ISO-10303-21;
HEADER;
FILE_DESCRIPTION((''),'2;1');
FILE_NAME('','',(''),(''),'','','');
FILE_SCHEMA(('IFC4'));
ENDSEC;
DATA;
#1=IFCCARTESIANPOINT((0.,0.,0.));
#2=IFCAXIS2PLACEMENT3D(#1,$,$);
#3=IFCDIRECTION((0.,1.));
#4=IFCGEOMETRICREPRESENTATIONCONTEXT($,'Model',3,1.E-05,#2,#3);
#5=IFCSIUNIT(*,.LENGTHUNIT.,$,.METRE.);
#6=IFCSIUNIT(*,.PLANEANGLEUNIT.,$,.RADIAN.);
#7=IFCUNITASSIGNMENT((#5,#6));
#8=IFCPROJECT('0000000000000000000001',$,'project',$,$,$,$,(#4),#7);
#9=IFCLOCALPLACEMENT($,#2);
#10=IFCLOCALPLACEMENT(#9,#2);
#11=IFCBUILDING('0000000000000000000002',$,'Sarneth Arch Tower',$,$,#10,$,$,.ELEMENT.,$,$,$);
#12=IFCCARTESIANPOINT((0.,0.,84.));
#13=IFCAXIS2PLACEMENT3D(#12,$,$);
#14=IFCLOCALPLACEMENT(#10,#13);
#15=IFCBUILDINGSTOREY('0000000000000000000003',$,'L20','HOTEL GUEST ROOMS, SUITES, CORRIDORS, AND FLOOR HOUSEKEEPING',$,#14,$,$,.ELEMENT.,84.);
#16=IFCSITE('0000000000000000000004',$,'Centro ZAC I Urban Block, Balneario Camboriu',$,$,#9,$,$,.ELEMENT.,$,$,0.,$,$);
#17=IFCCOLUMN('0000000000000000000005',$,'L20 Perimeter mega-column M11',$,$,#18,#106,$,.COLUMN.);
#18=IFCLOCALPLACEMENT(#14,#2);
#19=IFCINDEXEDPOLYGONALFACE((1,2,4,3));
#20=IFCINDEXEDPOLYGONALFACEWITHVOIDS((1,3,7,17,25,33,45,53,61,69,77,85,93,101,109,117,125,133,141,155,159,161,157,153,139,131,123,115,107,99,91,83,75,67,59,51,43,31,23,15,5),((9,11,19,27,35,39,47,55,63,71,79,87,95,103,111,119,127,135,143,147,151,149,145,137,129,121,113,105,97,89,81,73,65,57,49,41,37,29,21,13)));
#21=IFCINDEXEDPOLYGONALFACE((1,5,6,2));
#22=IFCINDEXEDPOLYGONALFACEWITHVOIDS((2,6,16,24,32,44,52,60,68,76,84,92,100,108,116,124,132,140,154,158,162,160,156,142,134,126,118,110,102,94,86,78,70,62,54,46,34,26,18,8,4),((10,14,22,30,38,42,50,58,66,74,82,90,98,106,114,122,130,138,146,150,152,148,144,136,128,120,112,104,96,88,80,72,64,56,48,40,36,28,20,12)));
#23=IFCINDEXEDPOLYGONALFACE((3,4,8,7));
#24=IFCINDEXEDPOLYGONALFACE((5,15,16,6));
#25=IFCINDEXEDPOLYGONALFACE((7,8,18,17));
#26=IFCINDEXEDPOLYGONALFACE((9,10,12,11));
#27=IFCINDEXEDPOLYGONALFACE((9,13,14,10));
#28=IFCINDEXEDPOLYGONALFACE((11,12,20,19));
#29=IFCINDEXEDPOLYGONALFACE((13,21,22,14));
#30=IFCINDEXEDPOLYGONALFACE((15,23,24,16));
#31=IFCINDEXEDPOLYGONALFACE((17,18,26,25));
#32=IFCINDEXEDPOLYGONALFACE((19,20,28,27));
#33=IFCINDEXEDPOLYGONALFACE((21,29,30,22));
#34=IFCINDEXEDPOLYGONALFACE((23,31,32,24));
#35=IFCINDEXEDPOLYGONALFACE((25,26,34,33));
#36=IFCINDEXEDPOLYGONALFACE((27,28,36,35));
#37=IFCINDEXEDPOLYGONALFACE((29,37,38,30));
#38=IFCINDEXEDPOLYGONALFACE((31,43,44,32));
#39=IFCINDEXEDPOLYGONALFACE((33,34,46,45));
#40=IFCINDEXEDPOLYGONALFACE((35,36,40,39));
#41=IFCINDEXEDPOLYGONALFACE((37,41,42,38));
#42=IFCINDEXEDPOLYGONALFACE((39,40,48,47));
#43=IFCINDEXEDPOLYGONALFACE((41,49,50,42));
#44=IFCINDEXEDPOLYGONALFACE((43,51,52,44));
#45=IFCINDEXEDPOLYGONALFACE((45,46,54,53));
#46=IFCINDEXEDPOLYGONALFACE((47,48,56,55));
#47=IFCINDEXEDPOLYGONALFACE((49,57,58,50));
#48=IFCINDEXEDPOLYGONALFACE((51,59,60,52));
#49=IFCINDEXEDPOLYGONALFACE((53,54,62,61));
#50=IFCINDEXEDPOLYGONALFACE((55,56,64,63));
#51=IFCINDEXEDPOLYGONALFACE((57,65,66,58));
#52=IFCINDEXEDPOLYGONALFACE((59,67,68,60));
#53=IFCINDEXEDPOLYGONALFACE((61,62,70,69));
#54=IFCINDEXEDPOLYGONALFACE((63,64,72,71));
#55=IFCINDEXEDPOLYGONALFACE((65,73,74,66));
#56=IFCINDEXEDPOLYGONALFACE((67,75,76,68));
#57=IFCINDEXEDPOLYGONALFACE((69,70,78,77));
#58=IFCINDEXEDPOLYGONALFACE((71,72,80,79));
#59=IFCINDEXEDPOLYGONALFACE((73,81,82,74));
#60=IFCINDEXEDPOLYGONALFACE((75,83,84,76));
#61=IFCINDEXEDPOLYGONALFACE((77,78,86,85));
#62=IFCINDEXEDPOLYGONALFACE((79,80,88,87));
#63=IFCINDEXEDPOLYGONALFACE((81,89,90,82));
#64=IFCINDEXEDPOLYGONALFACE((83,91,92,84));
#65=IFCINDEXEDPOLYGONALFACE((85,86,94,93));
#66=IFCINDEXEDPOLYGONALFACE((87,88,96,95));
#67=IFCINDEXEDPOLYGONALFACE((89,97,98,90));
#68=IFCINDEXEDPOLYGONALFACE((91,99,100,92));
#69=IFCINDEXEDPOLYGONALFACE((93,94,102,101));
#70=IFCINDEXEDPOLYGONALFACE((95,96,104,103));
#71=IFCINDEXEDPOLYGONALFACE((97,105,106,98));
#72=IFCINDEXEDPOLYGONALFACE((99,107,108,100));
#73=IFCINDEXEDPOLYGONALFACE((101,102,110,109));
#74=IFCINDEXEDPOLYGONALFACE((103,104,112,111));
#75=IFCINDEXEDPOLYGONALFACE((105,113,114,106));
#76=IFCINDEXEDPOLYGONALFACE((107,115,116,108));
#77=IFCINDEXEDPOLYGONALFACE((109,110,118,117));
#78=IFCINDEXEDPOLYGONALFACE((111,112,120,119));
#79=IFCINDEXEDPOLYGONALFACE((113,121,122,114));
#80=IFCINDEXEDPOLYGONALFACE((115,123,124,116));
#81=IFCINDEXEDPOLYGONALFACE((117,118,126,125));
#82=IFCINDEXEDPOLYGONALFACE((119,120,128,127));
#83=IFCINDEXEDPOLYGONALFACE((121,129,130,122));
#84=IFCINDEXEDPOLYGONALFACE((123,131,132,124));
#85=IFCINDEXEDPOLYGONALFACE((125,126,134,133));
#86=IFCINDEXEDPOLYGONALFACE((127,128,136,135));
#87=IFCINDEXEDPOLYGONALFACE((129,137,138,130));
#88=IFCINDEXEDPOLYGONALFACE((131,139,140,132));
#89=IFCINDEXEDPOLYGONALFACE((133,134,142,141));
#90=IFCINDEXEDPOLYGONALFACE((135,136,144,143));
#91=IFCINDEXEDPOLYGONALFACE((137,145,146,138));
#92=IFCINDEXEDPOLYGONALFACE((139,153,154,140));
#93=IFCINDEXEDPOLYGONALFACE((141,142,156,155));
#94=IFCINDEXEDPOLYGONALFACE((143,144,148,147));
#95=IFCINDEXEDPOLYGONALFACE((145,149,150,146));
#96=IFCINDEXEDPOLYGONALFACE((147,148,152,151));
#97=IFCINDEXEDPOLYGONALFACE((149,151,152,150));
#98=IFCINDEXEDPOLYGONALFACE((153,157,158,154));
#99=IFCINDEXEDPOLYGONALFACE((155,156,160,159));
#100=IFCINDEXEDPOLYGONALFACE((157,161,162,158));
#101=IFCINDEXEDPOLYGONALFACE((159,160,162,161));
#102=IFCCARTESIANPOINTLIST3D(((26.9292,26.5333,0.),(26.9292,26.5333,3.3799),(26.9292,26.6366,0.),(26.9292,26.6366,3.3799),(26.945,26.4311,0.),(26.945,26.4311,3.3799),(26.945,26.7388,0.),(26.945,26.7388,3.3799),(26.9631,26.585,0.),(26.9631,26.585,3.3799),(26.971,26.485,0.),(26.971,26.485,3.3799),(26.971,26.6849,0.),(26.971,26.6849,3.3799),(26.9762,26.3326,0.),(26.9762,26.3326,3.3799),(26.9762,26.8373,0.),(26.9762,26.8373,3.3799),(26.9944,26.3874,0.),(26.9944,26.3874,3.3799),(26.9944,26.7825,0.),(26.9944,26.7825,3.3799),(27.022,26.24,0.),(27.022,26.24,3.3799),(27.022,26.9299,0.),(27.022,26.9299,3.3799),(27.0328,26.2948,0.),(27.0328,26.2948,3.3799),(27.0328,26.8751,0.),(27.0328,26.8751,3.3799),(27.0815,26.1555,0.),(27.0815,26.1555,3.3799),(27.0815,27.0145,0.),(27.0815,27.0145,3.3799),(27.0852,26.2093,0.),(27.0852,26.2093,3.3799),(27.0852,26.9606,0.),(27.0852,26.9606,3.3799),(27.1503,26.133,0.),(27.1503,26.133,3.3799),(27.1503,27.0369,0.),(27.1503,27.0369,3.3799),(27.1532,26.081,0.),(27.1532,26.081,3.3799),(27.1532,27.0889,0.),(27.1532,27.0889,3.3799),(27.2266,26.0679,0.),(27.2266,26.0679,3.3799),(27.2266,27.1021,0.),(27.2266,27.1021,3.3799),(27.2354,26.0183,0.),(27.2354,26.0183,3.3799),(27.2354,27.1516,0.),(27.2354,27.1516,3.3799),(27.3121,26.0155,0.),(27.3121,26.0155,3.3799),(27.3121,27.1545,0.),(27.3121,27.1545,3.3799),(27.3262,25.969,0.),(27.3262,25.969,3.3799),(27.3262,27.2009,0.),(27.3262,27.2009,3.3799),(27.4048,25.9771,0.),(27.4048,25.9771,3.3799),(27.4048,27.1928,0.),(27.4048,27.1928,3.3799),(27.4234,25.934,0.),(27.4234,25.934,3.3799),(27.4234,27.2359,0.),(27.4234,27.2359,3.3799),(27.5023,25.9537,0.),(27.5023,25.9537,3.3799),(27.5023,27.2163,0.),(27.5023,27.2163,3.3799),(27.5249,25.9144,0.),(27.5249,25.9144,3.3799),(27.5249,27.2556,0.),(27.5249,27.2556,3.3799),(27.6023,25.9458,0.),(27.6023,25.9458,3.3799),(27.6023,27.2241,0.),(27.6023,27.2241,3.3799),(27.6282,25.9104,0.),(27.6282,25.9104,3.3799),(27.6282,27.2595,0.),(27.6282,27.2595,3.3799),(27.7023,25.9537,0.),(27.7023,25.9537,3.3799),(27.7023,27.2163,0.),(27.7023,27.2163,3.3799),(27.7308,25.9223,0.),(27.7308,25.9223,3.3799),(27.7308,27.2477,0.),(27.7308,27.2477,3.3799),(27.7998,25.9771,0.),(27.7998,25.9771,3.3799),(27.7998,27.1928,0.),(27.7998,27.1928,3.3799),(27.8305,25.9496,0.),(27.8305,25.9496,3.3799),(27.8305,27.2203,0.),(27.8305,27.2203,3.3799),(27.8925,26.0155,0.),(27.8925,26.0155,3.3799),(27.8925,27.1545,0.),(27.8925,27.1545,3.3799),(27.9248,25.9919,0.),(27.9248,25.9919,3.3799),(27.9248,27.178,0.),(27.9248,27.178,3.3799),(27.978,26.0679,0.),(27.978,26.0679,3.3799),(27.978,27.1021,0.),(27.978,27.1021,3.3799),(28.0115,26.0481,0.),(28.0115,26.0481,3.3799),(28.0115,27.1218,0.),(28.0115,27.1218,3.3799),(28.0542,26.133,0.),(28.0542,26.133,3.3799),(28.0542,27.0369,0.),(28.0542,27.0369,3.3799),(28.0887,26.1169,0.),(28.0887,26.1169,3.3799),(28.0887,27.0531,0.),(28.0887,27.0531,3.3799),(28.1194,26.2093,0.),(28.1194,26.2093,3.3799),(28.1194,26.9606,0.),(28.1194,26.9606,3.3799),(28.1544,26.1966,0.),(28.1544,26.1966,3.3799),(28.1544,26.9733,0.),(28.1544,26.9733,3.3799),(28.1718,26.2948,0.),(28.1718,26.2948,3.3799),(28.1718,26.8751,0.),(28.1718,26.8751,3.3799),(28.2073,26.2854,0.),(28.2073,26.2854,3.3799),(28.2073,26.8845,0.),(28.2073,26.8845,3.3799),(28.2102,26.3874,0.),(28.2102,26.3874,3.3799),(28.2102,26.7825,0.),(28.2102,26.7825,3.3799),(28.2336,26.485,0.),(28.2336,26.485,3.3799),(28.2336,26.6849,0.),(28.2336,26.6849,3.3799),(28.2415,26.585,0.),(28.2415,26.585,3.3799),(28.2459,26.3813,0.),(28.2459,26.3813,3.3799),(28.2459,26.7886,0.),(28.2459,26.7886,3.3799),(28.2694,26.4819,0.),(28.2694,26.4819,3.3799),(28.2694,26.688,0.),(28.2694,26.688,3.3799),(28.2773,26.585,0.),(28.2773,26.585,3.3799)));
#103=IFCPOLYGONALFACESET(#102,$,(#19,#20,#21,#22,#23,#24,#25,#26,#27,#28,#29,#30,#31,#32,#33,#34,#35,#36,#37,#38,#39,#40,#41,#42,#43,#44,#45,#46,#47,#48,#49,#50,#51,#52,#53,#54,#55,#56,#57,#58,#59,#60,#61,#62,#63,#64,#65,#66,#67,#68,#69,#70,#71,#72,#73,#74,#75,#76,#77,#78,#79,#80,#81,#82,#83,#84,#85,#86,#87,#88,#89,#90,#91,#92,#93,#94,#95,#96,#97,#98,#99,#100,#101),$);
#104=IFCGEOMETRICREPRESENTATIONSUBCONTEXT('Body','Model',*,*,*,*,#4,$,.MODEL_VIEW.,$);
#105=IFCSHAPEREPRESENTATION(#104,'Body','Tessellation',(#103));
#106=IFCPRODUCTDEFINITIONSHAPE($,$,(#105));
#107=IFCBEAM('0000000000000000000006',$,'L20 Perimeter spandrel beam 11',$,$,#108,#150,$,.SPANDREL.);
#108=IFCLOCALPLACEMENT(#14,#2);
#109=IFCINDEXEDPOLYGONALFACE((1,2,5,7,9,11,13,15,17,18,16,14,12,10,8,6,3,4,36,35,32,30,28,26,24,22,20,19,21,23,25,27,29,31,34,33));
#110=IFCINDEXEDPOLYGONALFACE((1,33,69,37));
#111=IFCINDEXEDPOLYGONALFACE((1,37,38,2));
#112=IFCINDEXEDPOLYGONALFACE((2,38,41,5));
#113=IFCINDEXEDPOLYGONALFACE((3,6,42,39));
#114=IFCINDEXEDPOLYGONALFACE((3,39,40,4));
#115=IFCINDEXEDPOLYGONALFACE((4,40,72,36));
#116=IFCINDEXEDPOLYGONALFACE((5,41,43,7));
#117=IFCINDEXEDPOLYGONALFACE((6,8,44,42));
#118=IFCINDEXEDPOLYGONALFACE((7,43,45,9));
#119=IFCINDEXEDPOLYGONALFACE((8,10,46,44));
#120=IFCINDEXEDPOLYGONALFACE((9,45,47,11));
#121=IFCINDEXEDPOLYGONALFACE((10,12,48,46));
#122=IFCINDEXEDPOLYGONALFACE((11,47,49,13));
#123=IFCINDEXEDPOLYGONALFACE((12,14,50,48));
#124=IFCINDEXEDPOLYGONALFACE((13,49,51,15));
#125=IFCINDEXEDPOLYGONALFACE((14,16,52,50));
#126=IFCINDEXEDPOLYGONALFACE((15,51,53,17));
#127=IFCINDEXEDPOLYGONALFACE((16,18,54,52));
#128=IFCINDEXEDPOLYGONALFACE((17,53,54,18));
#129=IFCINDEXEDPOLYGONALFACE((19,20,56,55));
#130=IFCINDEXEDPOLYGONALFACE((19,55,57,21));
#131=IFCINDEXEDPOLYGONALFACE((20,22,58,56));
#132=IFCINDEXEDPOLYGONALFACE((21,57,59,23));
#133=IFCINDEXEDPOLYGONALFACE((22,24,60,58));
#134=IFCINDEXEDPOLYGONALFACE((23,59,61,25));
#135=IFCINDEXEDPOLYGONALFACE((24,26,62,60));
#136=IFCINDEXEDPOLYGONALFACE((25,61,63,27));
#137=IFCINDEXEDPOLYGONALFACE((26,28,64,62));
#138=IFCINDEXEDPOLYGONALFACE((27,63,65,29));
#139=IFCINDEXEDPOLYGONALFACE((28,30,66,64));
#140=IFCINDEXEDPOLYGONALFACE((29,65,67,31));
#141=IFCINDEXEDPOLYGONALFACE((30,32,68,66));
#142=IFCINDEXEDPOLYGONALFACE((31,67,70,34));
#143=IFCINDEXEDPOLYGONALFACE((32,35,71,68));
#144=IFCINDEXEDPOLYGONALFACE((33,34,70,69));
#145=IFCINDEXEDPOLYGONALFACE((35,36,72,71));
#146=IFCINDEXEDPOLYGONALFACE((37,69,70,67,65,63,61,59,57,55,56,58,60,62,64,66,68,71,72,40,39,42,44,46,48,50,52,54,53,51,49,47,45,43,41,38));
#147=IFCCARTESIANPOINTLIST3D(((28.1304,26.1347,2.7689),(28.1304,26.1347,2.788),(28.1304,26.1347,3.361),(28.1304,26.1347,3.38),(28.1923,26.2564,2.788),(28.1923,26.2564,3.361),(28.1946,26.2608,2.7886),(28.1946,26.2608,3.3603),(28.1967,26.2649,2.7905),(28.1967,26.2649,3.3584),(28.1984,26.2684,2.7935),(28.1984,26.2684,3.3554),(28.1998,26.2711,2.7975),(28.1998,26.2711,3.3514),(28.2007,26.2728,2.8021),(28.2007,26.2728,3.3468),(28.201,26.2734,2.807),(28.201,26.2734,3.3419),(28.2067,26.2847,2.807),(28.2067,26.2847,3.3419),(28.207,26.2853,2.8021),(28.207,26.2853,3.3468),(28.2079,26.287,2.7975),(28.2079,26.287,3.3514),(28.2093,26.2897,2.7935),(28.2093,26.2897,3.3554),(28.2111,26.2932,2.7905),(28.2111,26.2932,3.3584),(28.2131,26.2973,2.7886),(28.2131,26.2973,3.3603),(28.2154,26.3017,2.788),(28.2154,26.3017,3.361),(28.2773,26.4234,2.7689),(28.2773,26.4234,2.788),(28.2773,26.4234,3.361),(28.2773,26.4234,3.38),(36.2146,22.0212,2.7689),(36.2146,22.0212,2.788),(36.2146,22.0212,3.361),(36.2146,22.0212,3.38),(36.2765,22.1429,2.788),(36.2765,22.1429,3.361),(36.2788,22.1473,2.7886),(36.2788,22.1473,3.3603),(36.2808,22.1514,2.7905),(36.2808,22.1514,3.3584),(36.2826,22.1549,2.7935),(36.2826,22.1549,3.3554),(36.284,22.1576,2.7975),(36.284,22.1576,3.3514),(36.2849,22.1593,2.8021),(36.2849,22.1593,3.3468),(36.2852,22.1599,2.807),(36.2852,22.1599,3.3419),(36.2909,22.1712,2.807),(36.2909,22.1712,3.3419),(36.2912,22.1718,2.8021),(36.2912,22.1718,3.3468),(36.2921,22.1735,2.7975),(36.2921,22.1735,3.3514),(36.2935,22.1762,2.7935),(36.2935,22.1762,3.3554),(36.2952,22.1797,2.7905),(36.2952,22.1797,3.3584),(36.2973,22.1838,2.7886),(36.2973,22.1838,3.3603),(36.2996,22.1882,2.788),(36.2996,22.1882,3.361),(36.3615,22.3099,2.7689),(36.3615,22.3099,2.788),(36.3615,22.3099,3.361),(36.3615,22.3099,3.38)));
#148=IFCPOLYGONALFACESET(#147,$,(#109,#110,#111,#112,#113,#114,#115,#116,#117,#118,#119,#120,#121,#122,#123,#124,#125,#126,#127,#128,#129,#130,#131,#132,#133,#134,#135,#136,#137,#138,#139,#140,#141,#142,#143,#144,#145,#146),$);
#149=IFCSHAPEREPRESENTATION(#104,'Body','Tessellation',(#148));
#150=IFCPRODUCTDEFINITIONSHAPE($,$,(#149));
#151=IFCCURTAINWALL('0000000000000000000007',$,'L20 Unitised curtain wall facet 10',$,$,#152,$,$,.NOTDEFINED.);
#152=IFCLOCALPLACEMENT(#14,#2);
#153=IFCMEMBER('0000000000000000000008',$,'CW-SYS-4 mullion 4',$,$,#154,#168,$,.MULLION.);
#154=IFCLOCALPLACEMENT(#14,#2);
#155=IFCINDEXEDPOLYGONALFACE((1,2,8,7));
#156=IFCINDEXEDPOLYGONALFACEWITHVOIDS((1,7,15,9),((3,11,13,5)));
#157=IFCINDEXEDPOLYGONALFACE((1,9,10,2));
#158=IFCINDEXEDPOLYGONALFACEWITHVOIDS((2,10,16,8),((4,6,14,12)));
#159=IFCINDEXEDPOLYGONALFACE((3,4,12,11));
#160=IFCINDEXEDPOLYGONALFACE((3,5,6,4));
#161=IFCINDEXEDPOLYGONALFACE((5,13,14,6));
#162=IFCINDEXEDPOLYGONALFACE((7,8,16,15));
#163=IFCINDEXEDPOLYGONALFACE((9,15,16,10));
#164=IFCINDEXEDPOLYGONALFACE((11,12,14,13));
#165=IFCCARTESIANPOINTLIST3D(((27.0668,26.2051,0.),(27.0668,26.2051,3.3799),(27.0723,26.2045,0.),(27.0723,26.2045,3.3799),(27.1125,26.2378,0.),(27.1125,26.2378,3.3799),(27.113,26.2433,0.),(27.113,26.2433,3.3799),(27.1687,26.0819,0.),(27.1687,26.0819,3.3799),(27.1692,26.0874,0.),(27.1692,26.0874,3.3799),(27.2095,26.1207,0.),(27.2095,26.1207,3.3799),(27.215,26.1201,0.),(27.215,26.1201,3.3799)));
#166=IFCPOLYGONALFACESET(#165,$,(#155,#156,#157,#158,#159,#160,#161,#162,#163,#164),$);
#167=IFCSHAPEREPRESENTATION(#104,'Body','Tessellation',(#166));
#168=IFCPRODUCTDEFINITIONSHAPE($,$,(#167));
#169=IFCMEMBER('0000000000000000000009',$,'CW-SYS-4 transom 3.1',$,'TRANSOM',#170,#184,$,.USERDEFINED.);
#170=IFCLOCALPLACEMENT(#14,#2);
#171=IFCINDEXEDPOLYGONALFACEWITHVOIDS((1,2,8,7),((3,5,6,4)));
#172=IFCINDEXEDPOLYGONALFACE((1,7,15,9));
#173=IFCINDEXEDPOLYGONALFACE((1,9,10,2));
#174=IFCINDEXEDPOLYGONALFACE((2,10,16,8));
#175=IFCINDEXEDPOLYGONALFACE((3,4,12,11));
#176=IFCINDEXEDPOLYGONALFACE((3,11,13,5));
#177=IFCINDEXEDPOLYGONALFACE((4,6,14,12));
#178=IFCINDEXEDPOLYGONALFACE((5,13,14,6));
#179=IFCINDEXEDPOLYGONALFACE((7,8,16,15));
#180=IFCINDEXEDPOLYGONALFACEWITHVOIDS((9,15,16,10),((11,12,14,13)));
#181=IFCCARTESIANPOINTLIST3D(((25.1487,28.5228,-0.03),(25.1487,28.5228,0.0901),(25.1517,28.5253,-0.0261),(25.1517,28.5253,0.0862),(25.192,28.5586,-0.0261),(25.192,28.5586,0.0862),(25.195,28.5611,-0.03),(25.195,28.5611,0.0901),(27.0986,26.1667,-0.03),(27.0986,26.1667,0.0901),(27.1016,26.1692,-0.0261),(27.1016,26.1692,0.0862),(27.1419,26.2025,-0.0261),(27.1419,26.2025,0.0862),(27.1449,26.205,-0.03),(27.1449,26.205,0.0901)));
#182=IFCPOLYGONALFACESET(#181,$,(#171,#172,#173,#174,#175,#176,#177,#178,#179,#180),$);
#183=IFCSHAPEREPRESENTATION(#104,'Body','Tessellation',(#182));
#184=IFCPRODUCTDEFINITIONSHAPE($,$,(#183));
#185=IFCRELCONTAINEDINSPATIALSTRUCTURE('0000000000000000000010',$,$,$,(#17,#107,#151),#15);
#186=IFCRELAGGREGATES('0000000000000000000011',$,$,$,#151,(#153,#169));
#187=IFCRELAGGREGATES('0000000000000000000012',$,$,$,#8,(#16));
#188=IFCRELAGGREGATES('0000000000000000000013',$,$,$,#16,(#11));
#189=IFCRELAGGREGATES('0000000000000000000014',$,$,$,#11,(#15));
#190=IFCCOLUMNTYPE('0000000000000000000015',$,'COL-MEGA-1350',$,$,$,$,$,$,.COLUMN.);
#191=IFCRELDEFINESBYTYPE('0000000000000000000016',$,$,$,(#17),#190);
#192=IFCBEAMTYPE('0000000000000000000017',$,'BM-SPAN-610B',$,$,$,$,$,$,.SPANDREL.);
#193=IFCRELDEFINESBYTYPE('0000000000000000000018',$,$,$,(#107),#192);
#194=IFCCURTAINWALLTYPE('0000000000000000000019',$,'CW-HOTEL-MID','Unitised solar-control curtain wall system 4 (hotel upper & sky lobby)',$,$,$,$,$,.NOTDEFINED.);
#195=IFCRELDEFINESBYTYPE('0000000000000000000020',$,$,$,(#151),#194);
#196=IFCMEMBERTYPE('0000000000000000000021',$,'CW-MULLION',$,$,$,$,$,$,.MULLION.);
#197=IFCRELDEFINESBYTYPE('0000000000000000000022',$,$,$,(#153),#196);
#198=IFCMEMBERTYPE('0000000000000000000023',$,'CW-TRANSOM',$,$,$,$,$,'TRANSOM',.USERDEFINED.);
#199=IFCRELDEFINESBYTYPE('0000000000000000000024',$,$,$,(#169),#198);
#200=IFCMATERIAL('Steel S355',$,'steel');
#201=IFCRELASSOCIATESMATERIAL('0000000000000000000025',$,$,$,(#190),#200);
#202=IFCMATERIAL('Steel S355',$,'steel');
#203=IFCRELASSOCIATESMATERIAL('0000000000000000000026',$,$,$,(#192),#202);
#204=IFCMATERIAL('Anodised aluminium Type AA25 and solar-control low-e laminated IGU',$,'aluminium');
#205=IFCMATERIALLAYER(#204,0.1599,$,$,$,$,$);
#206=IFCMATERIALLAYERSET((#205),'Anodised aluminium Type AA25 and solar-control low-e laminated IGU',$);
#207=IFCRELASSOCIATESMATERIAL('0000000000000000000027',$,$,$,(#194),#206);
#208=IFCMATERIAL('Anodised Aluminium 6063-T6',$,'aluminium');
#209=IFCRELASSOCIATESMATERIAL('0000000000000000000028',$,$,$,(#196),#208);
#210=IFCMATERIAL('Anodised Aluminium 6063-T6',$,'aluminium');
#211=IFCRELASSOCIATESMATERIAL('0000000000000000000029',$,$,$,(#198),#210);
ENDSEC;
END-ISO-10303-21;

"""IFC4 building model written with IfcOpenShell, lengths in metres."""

from ifc_helpers import new_model, si_unit, direction, frame, origin, origin_2d, place, context, subcontext, project, spatial, hollow_rectangle, hollow_circle, i_section, extrude, material, layer, layer_set, material_profile, profile_set, type_object, element, aggregate, save


model = new_model("IFC4")

# Units and contexts
model_context = context("Model", 3, precision=1e-05, world=origin(), true_north=direction((0.0, 1.0)))
body_context = subcontext(model_context, "Body", "Model", "MODEL_VIEW")
ifc_project = project(units=[si_unit("LENGTHUNIT", "METRE"), si_unit("PLANEANGLEUNIT", "RADIAN")], contexts=[model_context])

# Site, building, storey
site_placement = place(None, origin())
site = spatial("IfcSite", under=ifc_project, at=site_placement, Name="Centro ZAC I Urban Block, Balneario Camboriu", CompositionType="ELEMENT", RefElevation=0.0)
building_placement = place(site_placement, origin())
building = spatial("IfcBuilding", under=site, at=building_placement, Name="Sarneth Arch Tower", CompositionType="ELEMENT")
storey_placement = place(building_placement, frame((0.0, 0.0, 84.0)))
storey = spatial("IfcBuildingStorey", under=building, at=storey_placement, Name="L20", Description="HOTEL GUEST ROOMS, SUITES, CORRIDORS, AND FLOOR HOUSEKEEPING", CompositionType="ELEMENT", Elevation=84.0)

# Column
ifc_material_1 = material(Name="Steel S355", Category="steel")
ifc_material_profile_1 = material_profile(ifc_material_1, hollow_circle(Radius=0.675, WallThickness=0.0359, at=origin_2d()), Name="CHS1350x36")
ifc_profile_set_1 = profile_set([ifc_material_profile_1], Name="Steel S355")
column_type = type_object("IfcColumnType", Name="COL-MEGA-1350", PredefinedType="COLUMN", material=ifc_profile_set_1)
column_placement = place(storey_placement, frame((27.6023, 26.585, 0.0), z_axis=(0.0, 0.0, 1.0), x_axis=(1.0, 0.0, 0.0)))
element("IfcColumn", 1, at=column_placement, inside=storey, type_object=column_type, Name="L20 Perimeter mega-column M11", PredefinedType="COLUMN", context=body_context, shape_type="SweptSolid", body=[
    extrude(hollow_circle(Radius=0.675, WallThickness=0.0359, at=origin_2d()), origin(), (0.0, 0.0, 1.0), 3.3799),
])

# Beam
ifc_material_2 = material(Name="Steel S355", Category="steel")
ifc_material_profile_2 = material_profile(ifc_material_2, i_section(OverallWidth=0.324, OverallDepth=0.6111, WebThickness=0.0127, FlangeThickness=0.019, FilletRadius=0.019, at=origin_2d()), Name="W610x155")
ifc_profile_set_2 = profile_set([ifc_material_profile_2], Name="Steel S355")
beam_type = type_object("IfcBeamType", Name="BM-SPAN-610B", PredefinedType="SPANDREL", material=ifc_profile_set_2)
beam_placement = place(storey_placement, frame((28.2039, 26.2791, 3.0745), z_axis=(0.891256, -0.453501, 0.0), x_axis=(0.453501, 0.891256, 0.0)))
element("IfcBeam", 2, at=beam_placement, inside=storey, type_object=beam_type, Name="L20 Perimeter spandrel beam 11", PredefinedType="SPANDREL", context=body_context, shape_type="SweptSolid", body=[
    extrude(i_section(OverallWidth=0.324, OverallDepth=0.6111, WebThickness=0.0127, FlangeThickness=0.019, FilletRadius=0.019, at=origin_2d()), origin(), (0.0, 0.0, 1.0), 9.0706),
])

# Curtain wall, members
ifc_material_3 = material(Name="Anodised aluminium Type AA25 and solar-control low-e laminated IGU", Category="aluminium")
ifc_layer_1 = layer(ifc_material_3, 0.1599)
ifc_layer_set_1 = layer_set([ifc_layer_1], Name="Anodised aluminium Type AA25 and solar-control low-e laminated IGU")
curtain_wall_type = type_object("IfcCurtainWallType", Name="CW-HOTEL-MID", Description="Unitised solar-control curtain wall system 4 (hotel upper & sky lobby)", PredefinedType="NOTDEFINED", material=ifc_layer_set_1)
curtain_wall_placement = place(storey_placement, origin())
curtain_wall = element("IfcCurtainWall", 3, at=curtain_wall_placement, inside=storey, type_object=curtain_wall_type, Name="L20 Unitised curtain wall facet 10", PredefinedType="NOTDEFINED")
ifc_material_4 = material(Name="Anodised Aluminium 6063-T6", Category="aluminium")
ifc_material_profile_3 = material_profile(ifc_material_4, hollow_rectangle(XDim=0.0601, YDim=0.1599, WallThickness=0.0039, at=origin_2d()), Name="AL-MULL-160x60x4")
ifc_profile_set_3 = profile_set([ifc_material_profile_3], Name="Anodised Aluminium 6063-T6")
member_type_1 = type_object("IfcMemberType", Name="CW-MULLION", PredefinedType="MULLION", material=ifc_profile_set_3)
member_1_placement = place(storey_placement, frame((27.1409, 26.1626, 0.0), z_axis=(0.0, 0.0, 1.0), x_axis=(0.770438, 0.637515, 0.0)))
member_1 = element("IfcMember", 4, at=member_1_placement, type_object=member_type_1, Name="CW-SYS-4 mullion 4", PredefinedType="MULLION", context=body_context, shape_type="SweptSolid", body=[
    extrude(hollow_rectangle(XDim=0.0601, YDim=0.1599, WallThickness=0.0039, at=origin_2d()), origin(), (0.0, 0.0, 1.0), 3.3799),
])
ifc_material_5 = material(Name="Anodised Aluminium 6063-T6", Category="aluminium")
ifc_material_profile_4 = material_profile(ifc_material_5, hollow_rectangle(XDim=0.0601, YDim=0.1201, WallThickness=0.0039, at=origin_2d()), Name="AL-TRAN-120x60x4")
ifc_profile_set_4 = profile_set([ifc_material_profile_4], Name="Anodised Aluminium 6063-T6")
member_type_2 = type_object("IfcMemberType", Name="CW-TRANSOM", ElementType="TRANSOM", PredefinedType="USERDEFINED", material=ifc_profile_set_4)
member_2_placement = place(storey_placement, frame((25.1719, 28.542, 0.03), z_axis=(0.637566, -0.770396, 0.0), x_axis=(0.770396, 0.637566, 0.0)))
member_2 = element("IfcMember", 5, at=member_2_placement, type_object=member_type_2, Name="CW-SYS-4 transom 3.1", ObjectType="TRANSOM", PredefinedType="USERDEFINED", context=body_context, shape_type="SweptSolid", body=[
    extrude(hollow_rectangle(XDim=0.0601, YDim=0.1201, WallThickness=0.0039, at=origin_2d()), origin(), (0.0, 0.0, 1.0), 3.0583),
])

aggregate(curtain_wall, [member_1, member_2])

save(model, "model.ifc")
